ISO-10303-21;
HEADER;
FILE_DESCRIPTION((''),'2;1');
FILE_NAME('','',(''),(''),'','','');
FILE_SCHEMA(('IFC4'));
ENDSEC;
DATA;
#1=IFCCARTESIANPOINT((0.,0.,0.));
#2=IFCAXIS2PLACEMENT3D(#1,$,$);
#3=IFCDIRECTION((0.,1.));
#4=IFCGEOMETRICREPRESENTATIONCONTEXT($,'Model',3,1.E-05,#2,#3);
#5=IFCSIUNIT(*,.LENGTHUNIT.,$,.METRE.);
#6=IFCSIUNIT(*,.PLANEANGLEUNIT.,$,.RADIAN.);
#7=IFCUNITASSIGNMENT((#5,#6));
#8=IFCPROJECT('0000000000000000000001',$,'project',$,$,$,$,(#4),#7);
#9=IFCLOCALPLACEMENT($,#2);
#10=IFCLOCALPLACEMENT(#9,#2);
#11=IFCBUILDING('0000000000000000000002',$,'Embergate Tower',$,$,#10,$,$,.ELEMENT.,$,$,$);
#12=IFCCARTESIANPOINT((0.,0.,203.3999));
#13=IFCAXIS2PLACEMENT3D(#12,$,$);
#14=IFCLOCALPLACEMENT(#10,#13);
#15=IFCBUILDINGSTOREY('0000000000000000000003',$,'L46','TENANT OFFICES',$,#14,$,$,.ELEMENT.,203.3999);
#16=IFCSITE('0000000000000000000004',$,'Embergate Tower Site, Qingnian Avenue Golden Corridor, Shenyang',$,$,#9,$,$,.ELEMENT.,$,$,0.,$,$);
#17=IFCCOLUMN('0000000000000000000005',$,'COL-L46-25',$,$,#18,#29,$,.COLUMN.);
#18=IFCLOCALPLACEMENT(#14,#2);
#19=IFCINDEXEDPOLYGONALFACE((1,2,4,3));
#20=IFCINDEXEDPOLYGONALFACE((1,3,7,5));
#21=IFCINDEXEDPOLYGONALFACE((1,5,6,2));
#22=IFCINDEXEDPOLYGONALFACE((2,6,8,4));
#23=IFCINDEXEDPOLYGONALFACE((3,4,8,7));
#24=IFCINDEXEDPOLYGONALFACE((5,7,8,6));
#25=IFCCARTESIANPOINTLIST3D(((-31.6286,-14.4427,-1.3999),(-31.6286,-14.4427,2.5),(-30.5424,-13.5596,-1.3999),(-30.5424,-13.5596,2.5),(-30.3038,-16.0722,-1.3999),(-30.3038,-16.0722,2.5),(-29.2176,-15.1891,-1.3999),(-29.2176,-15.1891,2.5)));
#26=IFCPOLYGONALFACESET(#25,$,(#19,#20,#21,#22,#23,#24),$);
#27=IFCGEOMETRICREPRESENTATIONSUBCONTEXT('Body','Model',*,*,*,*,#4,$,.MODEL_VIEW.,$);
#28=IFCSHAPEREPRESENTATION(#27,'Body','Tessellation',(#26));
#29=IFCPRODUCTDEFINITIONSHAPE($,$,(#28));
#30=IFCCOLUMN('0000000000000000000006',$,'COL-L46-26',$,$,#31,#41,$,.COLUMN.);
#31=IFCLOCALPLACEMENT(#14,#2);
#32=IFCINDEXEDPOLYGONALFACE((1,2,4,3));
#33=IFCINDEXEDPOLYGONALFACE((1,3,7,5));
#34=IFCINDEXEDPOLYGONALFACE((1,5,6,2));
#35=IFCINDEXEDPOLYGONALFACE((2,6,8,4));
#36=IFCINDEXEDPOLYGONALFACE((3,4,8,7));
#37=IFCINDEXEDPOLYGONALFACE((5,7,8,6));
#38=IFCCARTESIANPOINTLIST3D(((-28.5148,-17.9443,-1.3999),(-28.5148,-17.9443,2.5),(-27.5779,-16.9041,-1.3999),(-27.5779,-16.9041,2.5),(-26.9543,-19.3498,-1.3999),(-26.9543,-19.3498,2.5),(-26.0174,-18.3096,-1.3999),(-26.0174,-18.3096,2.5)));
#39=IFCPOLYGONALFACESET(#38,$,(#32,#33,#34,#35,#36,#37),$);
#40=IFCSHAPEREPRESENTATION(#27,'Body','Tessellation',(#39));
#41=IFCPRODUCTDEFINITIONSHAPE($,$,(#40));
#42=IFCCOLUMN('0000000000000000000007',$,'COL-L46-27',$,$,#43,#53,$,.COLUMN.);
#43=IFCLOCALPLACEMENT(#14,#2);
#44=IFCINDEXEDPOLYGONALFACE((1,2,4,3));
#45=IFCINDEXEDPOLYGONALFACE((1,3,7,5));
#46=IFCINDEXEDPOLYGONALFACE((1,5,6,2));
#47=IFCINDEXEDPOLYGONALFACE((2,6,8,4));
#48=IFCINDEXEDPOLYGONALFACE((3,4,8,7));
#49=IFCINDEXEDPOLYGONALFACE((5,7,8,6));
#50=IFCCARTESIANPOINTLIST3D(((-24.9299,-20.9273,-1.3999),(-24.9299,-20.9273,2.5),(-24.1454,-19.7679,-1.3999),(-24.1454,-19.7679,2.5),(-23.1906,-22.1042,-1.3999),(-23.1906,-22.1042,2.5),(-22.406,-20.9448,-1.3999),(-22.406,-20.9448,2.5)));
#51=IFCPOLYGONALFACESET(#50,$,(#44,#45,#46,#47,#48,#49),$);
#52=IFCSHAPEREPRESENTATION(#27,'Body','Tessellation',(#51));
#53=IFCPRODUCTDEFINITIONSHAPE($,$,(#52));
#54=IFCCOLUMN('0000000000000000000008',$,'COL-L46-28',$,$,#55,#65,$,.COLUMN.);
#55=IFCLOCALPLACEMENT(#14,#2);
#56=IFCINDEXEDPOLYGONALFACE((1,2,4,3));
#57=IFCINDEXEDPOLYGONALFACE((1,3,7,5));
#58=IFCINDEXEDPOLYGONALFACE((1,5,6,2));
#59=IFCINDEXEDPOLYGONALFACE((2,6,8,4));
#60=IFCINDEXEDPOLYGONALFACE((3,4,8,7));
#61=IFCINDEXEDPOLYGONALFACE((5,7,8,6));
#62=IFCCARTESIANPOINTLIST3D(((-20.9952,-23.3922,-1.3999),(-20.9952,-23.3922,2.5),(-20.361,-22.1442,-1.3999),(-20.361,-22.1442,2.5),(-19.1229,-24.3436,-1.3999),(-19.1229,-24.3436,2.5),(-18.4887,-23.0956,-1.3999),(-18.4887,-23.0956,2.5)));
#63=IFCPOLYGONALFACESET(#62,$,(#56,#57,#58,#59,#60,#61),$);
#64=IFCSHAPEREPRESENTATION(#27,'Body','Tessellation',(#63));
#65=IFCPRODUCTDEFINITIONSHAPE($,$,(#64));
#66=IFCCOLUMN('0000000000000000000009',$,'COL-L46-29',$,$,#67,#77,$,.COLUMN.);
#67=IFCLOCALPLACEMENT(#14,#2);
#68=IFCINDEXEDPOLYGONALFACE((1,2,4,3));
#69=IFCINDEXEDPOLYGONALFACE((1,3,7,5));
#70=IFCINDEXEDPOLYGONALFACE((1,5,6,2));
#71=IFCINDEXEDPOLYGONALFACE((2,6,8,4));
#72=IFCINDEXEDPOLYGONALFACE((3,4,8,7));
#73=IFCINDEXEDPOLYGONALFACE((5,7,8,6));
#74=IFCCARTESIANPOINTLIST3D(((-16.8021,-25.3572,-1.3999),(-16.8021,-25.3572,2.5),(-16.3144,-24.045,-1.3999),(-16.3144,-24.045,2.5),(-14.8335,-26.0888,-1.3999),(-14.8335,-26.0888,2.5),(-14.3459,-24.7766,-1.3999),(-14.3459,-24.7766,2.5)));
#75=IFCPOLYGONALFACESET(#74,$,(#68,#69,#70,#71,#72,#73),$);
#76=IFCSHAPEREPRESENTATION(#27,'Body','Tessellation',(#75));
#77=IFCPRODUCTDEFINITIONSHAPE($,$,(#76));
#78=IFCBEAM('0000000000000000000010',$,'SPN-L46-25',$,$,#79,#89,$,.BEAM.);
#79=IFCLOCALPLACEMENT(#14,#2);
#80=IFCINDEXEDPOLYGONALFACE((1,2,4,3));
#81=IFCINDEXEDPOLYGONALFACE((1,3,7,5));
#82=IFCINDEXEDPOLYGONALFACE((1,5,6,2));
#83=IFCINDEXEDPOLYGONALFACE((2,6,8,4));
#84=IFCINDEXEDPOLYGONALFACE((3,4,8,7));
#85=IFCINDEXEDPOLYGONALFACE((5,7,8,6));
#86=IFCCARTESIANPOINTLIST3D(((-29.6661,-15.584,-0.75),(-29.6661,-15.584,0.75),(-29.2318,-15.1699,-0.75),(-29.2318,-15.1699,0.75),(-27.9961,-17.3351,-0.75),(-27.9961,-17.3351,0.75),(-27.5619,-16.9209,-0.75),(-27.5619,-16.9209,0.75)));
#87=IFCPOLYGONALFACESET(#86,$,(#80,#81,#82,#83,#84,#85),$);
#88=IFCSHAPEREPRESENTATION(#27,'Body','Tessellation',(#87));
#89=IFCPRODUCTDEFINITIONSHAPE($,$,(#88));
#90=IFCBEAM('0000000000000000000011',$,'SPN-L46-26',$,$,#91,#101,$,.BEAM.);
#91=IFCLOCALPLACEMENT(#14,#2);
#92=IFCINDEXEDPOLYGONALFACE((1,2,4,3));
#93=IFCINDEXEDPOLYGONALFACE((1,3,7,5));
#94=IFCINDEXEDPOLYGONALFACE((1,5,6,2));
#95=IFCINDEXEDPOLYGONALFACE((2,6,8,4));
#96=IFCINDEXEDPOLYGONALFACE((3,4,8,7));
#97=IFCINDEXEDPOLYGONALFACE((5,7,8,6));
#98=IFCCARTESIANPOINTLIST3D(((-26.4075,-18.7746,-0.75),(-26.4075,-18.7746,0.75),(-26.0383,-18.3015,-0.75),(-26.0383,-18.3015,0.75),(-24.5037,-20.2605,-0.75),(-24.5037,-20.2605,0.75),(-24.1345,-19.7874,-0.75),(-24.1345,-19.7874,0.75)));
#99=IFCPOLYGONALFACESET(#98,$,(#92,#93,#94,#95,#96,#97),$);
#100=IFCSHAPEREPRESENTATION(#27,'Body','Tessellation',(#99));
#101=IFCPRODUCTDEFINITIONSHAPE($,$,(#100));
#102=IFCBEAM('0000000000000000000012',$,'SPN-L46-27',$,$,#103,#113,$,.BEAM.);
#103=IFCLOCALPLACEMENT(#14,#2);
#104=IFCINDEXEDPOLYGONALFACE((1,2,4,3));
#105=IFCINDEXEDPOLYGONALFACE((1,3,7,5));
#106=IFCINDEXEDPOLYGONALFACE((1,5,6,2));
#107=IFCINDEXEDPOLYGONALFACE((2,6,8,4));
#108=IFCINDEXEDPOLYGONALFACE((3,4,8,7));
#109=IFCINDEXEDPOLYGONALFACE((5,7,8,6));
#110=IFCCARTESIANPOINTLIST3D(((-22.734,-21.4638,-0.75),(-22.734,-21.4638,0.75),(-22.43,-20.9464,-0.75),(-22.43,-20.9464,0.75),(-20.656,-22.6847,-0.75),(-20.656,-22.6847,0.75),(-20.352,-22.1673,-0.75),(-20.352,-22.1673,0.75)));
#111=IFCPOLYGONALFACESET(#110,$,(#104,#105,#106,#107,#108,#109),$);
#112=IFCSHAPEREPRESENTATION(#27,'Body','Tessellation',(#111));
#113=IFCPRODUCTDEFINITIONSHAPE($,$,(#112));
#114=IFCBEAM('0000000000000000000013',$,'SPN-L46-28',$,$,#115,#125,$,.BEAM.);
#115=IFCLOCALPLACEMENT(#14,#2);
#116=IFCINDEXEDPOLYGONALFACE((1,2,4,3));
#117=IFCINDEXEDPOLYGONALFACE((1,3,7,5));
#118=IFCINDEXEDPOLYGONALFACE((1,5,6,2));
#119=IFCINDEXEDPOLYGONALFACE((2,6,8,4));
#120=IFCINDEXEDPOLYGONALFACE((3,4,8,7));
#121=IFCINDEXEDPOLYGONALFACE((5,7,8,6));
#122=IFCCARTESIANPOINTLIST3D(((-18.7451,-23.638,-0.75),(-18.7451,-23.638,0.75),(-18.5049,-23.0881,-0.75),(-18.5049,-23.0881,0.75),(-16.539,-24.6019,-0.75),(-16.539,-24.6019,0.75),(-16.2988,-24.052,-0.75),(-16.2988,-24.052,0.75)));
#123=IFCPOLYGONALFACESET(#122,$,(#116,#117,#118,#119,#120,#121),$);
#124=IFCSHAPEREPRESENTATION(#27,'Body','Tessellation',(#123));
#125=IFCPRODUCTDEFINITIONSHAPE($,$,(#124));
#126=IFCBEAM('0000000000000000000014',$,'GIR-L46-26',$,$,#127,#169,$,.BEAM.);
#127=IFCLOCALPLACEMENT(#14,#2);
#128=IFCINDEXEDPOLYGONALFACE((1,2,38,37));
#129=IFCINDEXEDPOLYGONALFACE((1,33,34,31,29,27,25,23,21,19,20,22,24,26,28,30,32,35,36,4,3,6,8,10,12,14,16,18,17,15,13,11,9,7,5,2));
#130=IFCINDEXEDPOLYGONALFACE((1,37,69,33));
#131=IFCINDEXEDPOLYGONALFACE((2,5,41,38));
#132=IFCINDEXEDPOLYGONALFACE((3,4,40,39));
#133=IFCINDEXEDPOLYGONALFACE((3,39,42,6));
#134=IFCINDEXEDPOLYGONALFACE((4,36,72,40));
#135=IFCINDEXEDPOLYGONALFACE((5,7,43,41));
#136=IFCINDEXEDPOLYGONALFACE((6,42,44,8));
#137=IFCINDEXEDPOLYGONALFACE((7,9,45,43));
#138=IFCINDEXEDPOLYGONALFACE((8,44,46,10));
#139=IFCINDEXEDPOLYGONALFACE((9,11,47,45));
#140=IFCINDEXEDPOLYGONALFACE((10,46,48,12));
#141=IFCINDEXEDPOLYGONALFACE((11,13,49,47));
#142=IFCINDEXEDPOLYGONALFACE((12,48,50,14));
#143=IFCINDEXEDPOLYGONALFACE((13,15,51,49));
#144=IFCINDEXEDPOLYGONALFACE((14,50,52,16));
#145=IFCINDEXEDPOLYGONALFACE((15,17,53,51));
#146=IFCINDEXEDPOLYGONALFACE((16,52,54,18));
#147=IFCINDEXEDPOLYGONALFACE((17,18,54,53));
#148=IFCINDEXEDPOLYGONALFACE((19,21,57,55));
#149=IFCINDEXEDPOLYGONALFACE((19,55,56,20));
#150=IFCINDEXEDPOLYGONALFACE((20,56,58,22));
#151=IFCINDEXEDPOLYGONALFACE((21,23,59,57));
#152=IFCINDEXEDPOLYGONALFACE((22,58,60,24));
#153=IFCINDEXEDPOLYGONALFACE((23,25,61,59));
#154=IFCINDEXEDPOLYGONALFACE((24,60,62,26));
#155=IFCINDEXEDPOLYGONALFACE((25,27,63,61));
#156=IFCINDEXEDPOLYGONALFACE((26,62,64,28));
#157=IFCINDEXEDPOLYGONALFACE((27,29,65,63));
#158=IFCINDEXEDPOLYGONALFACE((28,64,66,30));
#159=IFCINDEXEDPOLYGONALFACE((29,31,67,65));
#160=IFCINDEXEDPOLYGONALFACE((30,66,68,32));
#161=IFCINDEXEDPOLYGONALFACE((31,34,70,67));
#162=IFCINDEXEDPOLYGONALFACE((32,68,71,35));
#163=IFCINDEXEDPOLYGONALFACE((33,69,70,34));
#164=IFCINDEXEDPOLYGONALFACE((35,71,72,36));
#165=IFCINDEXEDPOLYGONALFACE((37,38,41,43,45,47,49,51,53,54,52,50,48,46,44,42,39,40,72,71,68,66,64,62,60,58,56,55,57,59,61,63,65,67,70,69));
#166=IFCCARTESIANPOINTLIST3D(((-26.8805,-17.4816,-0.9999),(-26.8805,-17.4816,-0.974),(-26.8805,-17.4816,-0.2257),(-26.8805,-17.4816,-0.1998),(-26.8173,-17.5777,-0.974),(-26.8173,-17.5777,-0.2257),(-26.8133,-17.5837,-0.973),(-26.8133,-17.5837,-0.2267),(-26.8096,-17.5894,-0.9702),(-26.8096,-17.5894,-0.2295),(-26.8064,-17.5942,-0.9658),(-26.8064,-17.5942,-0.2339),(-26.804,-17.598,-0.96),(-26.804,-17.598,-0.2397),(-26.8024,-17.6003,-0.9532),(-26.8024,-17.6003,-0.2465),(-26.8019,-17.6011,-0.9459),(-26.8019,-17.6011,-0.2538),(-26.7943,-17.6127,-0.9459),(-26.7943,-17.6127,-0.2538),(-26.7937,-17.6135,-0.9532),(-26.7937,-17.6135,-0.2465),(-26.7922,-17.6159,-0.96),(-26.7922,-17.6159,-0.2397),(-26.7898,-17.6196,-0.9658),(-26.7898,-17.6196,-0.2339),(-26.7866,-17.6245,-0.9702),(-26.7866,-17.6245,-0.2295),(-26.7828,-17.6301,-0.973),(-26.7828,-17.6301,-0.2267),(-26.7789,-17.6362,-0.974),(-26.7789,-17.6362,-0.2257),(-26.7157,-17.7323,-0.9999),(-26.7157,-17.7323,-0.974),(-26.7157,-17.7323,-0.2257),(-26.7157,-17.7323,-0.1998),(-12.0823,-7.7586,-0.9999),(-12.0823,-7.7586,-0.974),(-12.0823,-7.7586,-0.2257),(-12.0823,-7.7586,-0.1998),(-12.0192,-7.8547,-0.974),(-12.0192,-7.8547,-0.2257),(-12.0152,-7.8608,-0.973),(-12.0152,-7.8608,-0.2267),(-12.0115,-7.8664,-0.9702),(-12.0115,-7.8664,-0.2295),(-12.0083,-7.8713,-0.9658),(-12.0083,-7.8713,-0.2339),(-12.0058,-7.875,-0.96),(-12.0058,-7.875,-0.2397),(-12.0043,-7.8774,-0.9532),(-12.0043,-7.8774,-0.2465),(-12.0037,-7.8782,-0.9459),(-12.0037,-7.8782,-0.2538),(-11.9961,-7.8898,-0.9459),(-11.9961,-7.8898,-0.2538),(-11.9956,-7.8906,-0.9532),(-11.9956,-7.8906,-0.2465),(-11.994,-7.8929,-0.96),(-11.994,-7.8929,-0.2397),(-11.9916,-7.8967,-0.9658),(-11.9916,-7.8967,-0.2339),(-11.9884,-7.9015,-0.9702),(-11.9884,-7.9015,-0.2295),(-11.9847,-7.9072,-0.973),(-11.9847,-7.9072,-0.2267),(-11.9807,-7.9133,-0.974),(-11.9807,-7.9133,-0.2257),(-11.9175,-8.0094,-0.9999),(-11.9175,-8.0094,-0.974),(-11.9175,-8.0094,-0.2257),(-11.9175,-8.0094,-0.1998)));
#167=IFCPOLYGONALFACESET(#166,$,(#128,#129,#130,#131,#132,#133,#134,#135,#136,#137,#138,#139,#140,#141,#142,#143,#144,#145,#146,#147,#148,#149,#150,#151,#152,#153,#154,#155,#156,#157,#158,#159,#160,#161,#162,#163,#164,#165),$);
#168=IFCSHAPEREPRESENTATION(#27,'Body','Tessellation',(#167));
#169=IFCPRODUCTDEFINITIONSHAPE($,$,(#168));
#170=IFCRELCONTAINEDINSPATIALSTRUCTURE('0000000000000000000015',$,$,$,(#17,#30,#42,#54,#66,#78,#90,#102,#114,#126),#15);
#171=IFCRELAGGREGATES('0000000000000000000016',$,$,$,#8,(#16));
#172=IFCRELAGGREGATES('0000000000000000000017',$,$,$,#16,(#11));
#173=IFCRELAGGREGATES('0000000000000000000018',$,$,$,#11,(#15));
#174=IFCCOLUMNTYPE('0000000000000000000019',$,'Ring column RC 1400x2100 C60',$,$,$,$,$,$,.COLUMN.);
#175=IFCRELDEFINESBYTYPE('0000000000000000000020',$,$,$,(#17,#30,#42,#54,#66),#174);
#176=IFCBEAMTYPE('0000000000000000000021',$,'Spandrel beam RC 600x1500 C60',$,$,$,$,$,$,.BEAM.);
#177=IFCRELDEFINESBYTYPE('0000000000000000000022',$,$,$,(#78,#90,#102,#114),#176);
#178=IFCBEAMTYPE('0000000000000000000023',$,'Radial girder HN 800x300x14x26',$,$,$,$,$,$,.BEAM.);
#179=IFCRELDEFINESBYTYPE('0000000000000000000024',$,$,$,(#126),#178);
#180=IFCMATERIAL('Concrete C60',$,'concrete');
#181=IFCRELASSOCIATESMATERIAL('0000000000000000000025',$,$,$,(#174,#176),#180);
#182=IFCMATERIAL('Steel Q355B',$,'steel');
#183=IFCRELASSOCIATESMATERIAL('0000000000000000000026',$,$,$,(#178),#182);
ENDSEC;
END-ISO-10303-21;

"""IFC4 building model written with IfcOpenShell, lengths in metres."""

from ifc_helpers import new_model, si_unit, direction, frame, origin, origin_2d, place, context, subcontext, project, spatial, rectangle, i_section, extrude, source, transform, mapped, material, material_profile, profile_set, type_object, element, save


model = new_model("IFC4")

# Units and contexts
model_context = context("Model", 3, precision=1e-05, world=origin(), true_north=direction((0.0, 1.0)))
body_context = subcontext(model_context, "Body", "Model", "MODEL_VIEW")
ifc_project = project(units=[si_unit("LENGTHUNIT", "METRE"), si_unit("PLANEANGLEUNIT", "RADIAN")], contexts=[model_context])

# Site, building, storey
site_placement = place(None, origin())
site = spatial("IfcSite", under=ifc_project, at=site_placement, Name="Embergate Tower Site, Qingnian Avenue Golden Corridor, Shenyang", CompositionType="ELEMENT", RefElevation=0.0)
building_placement = place(site_placement, origin())
building = spatial("IfcBuilding", under=site, at=building_placement, Name="Embergate Tower", CompositionType="ELEMENT")
storey_placement = place(building_placement, frame((0.0, 0.0, 203.3999)))
storey = spatial("IfcBuildingStorey", under=building, at=storey_placement, Name="L46", Description="TENANT OFFICES", CompositionType="ELEMENT", Elevation=203.3999)

# Columns
ifc_material_1 = material(Name="Concrete C60", Category="concrete")
ifc_material_profile_1 = material_profile(ifc_material_1, rectangle(XDim=1.3999, YDim=2.1001, at=origin_2d()), Name="RC 1400x2100")
ifc_profile_set_1 = profile_set([ifc_material_profile_1], Name="Concrete C60")
column_type = type_object("IfcColumnType", Name="Ring column RC 1400x2100 C60", PredefinedType="COLUMN", material=ifc_profile_set_1)
shared_shape_1 = source(origin(), body_context, "Body", "SweptSolid", [
    extrude(rectangle(XDim=1.3999, YDim=2.1001, at=origin_2d()), origin(), (0.0, 0.0, 1.0), 3.8999),
])
for number, where, z_axis, x_axis, name in (
    (1, (-30.4231, -14.8159, -1.3999), (0.0, 0.0, 1.0), (-0.775925, -0.630825, 0.0), "COL-L46-25"),
    (2, (-27.2661, -18.127, -1.3999), (0.0, 0.0, 1.0), (-0.669221, -0.743063, 0.0), "COL-L46-26"),
    (3, (-23.668, -20.936, -1.3999), (0.0, 0.0, 1.0), (-0.560408, -0.828217, 0.0), "COL-L46-27"),
    (4, (-19.7419, -23.2439, -1.3999), (0.0, 0.0, 1.0), (-0.453011, -0.891505, 0.0), "COL-L46-28"),
    (5, (-15.574, -25.0669, -1.3999), (0.0, 0.0, 1.0), (-0.348359, -0.937361, 0.0), "COL-L46-29"),
):
    element("IfcColumn", number, at=place(storey_placement, frame(where, z_axis=z_axis, x_axis=x_axis)), inside=storey, type_object=column_type, Name=name, PredefinedType="COLUMN", context=body_context, shape_type="MappedRepresentation", body=[
        mapped(shared_shape_1, transform((0.0, 0.0, 0.0))),
    ])

# Beams
ifc_material_profile_2 = material_profile(ifc_material_1, rectangle(XDim=0.6001, YDim=1.5, at=origin_2d()), Name="RC 600x1500")
ifc_profile_set_2 = profile_set([ifc_material_profile_2], Name="Concrete C60")
beam_type_1 = type_object("IfcBeamType", Name="Spandrel beam RC 600x1500 C60", PredefinedType="BEAM", material=ifc_profile_set_2)
shared_shape_2 = source(origin(), body_context, "Body", "SweptSolid", [
    extrude(rectangle(XDim=0.6001, YDim=1.5, at=origin_2d()), origin(), (0.0, 0.0, 1.0), 2.4197),
])
beam_1_placement = place(storey_placement, frame((-29.449, -15.377, 0.0), z_axis=(0.690159, -0.723658, 0.0), x_axis=(0.723658, 0.690159, 0.0)))
element("IfcBeam", 6, at=beam_1_placement, inside=storey, type_object=beam_type_1, Name="SPN-L46-25", PredefinedType="BEAM", context=body_context, shape_type="MappedRepresentation", body=[
    mapped(shared_shape_2, transform((0.0, 0.0, 0.0))),
])
shared_shape_3 = source(origin(), body_context, "Body", "SweptSolid", [
    extrude(rectangle(XDim=0.6001, YDim=1.5, at=origin_2d()), origin(), (0.0, 0.0, 1.0), 2.415),
])
beam_2_placement = place(storey_placement, frame((-26.2229, -18.5381, 0.0), z_axis=(0.788328, -0.615256, 0.0), x_axis=(0.615256, 0.788328, 0.0)))
element("IfcBeam", 7, at=beam_2_placement, inside=storey, type_object=beam_type_1, Name="SPN-L46-26", PredefinedType="BEAM", context=body_context, shape_type="MappedRepresentation", body=[
    mapped(shared_shape_3, transform((0.0, 0.0, 0.0))),
])
shared_shape_4 = source(origin(), body_context, "Body", "SweptSolid", [
    extrude(rectangle(XDim=0.6001, YDim=1.5, at=origin_2d()), origin(), (0.0, 0.0, 1.0), 2.4102),
])
beam_3_placement = place(storey_placement, frame((-22.582, -21.2051, 0.0), z_axis=(0.862202, -0.506564, 0.0), x_axis=(0.506564, 0.862202, 0.0)))
element("IfcBeam", 8, at=beam_3_placement, inside=storey, type_object=beam_type_1, Name="SPN-L46-27", PredefinedType="BEAM", context=body_context, shape_type="MappedRepresentation", body=[
    mapped(shared_shape_4, transform((0.0, 0.0, 0.0))),
])
shared_shape_5 = source(origin(), body_context, "Body", "SweptSolid", [
    extrude(rectangle(XDim=0.6001, YDim=1.5, at=origin_2d()), origin(), (0.0, 0.0, 1.0), 2.4075),
])
beam_4_placement = place(storey_placement, frame((-18.625, -23.363, 0.0), z_axis=(0.916353, -0.400372, 0.0), x_axis=(0.400372, 0.916353, 0.0)))
element("IfcBeam", 9, at=beam_4_placement, inside=storey, type_object=beam_type_1, Name="SPN-L46-28", PredefinedType="BEAM", context=body_context, shape_type="MappedRepresentation", body=[
    mapped(shared_shape_5, transform((0.0, 0.0, 0.0))),
])
ifc_material_2 = material(Name="Steel Q355B", Category="steel")
ifc_material_profile_3 = material_profile(ifc_material_2, i_section(OverallWidth=0.3, OverallDepth=0.8, WebThickness=0.0139, FlangeThickness=0.0259, FilletRadius=0.0281, at=origin_2d()), Name="HN 800x300x14x26")
ifc_profile_set_3 = profile_set([ifc_material_profile_3], Name="Steel Q355 grade B")
beam_type_2 = type_object("IfcBeamType", Name="Radial girder HN 800x300x14x26", PredefinedType="BEAM", material=ifc_profile_set_3)
shared_shape_6 = source(origin(), body_context, "Body", "SweptSolid", [
    extrude(i_section(OverallWidth=0.3, OverallDepth=0.8, WebThickness=0.0139, FlangeThickness=0.0259, FilletRadius=0.0281, at=origin_2d()), origin(), (0.0, 0.0, 1.0), 17.7065),
])
beam_5_placement = place(storey_placement, frame((-26.7981, -17.6069, -0.5999), z_axis=(0.835746, 0.549116, 0.0), x_axis=(-0.549116, 0.835746, 0.0)))
element("IfcBeam", 10, at=beam_5_placement, inside=storey, type_object=beam_type_2, Name="GIR-L46-26", PredefinedType="BEAM", context=body_context, shape_type="MappedRepresentation", body=[
    mapped(shared_shape_6, transform((0.0, 0.0, 0.0))),
])

save(model, "model.ifc")
